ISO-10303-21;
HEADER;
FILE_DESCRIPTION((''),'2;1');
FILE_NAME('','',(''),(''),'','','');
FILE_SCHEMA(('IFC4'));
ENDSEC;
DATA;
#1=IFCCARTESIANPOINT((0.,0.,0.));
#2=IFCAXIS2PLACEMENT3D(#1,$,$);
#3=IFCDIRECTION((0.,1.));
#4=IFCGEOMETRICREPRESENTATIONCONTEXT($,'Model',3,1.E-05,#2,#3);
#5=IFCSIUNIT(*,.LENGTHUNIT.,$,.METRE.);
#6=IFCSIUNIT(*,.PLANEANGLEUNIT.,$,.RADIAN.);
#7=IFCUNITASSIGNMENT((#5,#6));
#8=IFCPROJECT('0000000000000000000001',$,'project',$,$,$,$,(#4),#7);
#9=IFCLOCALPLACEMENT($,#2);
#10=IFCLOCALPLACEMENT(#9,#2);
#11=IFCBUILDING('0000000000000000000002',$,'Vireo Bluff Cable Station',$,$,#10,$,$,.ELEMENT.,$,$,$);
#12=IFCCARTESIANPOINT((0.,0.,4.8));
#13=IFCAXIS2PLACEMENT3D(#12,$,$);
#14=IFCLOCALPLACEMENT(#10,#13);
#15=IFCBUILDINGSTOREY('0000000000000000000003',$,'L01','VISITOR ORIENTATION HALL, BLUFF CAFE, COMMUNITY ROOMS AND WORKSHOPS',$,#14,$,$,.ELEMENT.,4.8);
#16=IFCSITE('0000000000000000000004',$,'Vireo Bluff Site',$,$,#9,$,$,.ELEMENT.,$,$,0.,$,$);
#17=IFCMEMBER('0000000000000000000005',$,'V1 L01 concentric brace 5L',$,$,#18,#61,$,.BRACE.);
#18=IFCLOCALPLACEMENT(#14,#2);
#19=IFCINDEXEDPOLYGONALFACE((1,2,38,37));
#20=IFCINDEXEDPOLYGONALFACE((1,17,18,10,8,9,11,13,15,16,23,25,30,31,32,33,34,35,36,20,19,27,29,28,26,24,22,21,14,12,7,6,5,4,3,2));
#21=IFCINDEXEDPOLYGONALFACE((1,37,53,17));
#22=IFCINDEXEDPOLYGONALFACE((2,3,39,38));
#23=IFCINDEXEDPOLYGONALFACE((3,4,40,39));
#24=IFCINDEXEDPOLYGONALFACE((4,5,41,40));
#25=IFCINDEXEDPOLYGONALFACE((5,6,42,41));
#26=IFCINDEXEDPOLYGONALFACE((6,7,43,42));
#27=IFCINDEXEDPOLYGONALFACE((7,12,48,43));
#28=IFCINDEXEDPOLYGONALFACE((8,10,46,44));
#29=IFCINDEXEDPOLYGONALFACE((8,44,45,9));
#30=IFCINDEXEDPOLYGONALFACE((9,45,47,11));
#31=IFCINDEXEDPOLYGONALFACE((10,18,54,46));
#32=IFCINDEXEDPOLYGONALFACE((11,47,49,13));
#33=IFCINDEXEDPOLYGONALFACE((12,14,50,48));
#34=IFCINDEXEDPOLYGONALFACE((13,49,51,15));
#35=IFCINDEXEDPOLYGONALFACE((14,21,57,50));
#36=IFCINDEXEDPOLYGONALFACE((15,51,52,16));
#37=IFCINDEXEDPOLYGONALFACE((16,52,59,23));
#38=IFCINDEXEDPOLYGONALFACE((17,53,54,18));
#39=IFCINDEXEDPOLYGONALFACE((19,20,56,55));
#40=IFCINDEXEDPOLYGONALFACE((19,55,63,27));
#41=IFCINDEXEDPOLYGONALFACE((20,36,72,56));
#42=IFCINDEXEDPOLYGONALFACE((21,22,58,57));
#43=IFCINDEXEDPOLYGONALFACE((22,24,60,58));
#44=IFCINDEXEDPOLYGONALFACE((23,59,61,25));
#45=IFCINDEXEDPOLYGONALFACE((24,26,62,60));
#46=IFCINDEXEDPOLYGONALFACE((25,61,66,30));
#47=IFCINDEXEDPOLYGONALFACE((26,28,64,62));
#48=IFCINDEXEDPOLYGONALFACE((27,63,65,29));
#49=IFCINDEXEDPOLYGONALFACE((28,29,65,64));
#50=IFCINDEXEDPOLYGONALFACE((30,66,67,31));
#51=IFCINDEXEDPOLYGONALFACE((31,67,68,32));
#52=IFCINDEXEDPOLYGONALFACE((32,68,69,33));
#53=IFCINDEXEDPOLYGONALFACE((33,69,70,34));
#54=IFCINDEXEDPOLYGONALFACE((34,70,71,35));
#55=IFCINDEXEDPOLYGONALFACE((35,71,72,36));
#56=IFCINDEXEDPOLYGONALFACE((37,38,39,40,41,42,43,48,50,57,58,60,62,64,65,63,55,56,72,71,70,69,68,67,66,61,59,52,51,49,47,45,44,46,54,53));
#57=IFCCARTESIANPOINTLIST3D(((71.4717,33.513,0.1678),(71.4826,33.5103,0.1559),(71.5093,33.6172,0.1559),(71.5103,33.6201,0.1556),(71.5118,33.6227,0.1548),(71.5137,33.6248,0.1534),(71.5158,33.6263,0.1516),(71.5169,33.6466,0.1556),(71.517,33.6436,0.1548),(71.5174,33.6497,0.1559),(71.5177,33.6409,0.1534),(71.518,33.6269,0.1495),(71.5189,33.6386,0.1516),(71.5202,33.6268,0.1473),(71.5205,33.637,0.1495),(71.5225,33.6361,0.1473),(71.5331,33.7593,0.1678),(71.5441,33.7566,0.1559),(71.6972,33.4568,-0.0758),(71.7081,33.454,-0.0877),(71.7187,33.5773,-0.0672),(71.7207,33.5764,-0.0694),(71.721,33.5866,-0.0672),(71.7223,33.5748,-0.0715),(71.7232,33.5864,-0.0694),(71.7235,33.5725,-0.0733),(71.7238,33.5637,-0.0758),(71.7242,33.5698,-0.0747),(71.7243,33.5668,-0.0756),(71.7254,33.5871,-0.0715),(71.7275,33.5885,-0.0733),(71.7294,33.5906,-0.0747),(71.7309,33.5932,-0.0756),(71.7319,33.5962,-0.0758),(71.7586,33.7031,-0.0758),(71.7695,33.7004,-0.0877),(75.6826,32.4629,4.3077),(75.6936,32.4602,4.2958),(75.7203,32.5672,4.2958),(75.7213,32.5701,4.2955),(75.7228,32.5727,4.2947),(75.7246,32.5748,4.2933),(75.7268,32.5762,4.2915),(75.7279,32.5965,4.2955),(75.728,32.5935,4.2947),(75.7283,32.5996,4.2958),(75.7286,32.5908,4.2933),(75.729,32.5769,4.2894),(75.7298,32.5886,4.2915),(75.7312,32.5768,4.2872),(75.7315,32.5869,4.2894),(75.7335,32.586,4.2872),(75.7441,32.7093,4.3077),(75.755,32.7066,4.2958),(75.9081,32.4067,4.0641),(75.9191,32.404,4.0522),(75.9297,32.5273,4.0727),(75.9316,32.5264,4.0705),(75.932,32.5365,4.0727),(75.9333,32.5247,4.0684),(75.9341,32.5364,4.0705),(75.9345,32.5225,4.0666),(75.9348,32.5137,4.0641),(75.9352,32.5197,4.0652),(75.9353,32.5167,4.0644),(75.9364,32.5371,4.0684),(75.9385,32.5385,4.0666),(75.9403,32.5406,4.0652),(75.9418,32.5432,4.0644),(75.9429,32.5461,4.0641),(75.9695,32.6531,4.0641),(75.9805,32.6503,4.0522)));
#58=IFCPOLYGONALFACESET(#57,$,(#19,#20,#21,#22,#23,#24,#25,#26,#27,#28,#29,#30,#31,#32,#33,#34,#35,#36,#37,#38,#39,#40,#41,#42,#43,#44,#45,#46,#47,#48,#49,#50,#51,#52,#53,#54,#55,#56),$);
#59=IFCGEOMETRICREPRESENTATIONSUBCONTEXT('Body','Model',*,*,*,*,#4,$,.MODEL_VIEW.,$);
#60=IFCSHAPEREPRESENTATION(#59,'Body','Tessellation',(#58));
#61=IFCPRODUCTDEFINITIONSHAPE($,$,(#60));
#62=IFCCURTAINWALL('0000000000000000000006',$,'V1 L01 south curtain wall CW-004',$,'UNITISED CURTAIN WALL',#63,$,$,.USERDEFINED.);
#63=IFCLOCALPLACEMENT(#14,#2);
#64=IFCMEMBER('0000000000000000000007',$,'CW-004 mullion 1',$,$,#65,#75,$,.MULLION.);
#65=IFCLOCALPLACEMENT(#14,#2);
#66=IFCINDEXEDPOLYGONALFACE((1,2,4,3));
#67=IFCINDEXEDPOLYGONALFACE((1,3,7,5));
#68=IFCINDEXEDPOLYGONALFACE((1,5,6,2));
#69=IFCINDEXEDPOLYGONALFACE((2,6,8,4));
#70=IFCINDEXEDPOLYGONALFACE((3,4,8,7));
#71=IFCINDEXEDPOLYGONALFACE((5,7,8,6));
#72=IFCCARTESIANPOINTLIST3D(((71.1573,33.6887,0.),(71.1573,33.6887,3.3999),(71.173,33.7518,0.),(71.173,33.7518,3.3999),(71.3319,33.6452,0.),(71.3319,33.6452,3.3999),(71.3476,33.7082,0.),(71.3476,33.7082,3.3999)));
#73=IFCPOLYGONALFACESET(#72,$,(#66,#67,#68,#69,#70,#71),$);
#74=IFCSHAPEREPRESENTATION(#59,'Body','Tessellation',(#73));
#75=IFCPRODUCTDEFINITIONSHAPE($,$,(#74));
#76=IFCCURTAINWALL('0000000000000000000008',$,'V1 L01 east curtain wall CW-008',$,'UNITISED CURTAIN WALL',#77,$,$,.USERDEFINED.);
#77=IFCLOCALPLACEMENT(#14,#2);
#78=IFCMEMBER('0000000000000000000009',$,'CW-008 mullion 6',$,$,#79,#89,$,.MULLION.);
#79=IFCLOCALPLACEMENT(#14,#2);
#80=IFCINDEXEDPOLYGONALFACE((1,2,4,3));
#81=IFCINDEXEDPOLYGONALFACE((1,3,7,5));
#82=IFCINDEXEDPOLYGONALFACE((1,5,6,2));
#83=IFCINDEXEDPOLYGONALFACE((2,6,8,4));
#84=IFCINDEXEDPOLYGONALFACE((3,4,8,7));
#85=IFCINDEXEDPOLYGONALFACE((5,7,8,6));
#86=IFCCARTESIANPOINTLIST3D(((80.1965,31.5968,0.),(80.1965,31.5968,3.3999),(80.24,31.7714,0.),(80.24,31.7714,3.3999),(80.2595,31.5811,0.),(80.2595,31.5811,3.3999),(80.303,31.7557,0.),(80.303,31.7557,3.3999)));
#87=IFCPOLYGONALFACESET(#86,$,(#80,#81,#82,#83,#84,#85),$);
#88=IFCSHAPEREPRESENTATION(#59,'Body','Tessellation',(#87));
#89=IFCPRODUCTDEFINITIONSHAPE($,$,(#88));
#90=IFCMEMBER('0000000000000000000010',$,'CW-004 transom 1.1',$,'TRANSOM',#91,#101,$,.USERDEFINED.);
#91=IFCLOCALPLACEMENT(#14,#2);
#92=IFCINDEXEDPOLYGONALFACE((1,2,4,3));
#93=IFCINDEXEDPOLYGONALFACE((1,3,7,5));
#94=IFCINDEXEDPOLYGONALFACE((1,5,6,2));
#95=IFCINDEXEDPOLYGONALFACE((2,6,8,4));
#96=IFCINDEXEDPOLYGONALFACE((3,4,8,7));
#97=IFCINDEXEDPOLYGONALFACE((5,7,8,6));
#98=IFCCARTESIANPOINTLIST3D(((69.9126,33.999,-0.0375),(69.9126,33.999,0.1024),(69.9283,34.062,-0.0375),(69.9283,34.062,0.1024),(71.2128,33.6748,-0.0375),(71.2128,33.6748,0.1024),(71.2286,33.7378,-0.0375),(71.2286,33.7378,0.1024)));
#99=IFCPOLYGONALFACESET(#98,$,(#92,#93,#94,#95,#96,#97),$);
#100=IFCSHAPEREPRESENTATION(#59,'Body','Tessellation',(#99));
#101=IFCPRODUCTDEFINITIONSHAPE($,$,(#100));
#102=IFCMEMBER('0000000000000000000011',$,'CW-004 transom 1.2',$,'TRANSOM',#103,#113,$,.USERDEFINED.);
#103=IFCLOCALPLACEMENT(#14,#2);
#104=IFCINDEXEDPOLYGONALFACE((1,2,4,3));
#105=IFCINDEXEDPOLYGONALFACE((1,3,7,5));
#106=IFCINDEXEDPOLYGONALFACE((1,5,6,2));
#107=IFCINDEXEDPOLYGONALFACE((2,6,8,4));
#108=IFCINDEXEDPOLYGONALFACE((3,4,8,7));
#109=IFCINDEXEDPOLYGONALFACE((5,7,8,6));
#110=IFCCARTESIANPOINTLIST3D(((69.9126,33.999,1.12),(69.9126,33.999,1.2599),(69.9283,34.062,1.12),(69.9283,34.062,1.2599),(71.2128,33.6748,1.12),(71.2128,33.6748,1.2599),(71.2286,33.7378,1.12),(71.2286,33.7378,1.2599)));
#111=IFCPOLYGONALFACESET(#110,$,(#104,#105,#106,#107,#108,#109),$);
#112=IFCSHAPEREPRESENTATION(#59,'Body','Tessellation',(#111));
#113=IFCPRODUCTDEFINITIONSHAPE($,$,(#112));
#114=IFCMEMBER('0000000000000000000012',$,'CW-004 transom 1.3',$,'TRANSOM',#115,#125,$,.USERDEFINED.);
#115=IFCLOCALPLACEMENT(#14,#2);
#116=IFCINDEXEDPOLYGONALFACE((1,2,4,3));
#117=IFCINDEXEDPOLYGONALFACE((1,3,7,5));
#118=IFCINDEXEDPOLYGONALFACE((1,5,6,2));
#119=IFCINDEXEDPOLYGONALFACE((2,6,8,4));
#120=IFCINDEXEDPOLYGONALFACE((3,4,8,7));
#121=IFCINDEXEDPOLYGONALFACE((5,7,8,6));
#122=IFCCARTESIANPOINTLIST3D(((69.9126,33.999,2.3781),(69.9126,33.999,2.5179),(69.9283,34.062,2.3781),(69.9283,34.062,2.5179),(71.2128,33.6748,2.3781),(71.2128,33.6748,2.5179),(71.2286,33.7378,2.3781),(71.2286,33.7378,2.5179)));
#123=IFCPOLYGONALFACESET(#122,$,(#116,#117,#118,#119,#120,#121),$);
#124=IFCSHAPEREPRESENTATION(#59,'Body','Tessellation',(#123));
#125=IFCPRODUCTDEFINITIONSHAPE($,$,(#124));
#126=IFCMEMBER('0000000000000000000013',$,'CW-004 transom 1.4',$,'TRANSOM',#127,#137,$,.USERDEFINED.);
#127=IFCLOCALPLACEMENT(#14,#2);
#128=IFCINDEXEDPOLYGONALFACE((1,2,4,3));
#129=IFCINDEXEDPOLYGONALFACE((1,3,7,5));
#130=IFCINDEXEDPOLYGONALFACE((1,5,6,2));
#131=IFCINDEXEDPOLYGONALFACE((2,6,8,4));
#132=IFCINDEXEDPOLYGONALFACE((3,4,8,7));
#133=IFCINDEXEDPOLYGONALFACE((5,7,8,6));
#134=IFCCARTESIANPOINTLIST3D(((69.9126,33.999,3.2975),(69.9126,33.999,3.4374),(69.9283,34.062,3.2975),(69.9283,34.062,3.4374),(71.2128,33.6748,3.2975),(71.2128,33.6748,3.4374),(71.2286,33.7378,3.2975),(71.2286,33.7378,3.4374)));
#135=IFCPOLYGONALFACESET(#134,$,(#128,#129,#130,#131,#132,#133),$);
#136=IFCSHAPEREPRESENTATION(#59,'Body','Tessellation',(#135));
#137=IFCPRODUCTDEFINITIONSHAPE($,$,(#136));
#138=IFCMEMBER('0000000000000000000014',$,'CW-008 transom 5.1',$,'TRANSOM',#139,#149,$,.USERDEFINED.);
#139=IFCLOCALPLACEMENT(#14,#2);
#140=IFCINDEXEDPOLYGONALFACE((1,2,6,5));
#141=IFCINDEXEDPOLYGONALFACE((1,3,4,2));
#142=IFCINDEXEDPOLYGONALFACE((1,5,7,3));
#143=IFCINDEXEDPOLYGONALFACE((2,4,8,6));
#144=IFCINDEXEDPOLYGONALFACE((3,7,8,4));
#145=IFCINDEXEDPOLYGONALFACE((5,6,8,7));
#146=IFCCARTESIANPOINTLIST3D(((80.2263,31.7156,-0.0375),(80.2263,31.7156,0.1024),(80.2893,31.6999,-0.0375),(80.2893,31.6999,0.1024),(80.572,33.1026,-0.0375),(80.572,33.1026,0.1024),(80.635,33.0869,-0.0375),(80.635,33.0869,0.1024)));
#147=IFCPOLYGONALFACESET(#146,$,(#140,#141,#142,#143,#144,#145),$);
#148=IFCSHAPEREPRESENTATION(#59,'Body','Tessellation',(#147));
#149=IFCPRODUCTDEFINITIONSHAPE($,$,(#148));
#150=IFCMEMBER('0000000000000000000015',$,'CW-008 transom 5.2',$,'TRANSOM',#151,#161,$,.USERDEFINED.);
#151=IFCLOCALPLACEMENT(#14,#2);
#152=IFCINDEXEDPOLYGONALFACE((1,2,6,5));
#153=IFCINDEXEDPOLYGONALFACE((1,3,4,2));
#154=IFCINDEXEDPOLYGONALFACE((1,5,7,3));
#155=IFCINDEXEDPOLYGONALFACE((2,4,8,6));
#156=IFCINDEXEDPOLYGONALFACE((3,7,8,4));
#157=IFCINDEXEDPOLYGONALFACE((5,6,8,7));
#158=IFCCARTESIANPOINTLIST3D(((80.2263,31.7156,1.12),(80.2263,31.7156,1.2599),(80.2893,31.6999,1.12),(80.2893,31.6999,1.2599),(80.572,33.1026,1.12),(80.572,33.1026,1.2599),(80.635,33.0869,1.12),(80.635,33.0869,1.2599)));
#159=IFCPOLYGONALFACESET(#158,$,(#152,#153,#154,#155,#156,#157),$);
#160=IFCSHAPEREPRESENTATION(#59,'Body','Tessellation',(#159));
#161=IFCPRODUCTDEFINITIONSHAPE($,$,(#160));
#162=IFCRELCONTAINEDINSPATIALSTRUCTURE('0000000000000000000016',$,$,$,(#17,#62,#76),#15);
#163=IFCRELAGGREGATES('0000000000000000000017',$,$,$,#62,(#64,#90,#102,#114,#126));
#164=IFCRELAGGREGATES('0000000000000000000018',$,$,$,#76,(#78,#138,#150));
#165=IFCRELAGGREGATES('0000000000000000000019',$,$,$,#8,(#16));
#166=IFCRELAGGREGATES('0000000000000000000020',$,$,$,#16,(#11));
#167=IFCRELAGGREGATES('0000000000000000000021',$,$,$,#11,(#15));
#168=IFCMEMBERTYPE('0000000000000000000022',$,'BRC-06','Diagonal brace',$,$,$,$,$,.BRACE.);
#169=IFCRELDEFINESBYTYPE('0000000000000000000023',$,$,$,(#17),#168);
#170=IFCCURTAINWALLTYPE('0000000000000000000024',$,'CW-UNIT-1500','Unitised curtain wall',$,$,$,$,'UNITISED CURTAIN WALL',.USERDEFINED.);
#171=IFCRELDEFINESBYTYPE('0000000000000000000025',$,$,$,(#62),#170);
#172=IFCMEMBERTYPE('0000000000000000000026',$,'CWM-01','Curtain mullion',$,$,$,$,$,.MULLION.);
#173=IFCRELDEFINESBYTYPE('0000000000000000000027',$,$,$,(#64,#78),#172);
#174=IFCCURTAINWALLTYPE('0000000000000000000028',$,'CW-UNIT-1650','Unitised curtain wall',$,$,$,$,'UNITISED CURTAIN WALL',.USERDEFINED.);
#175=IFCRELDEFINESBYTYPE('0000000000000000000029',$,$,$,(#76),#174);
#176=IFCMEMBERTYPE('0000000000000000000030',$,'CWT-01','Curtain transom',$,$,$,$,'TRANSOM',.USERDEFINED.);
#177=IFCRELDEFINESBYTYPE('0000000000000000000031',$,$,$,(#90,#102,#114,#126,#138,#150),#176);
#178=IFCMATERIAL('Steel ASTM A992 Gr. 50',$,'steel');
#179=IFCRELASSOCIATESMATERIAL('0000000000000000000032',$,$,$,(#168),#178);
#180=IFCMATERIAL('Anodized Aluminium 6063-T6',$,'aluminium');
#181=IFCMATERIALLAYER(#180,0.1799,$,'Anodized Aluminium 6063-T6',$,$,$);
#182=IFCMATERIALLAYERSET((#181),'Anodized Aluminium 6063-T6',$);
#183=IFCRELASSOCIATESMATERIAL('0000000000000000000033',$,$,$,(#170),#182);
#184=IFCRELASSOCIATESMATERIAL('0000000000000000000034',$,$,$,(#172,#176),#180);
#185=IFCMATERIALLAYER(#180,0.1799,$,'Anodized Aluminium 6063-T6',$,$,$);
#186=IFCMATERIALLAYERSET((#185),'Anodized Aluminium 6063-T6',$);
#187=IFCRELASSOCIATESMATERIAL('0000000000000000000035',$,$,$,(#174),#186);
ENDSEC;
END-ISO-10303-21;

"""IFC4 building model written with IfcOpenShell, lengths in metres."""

from ifc_helpers import new_model, si_unit, direction, frame, origin, origin_2d, place, context, subcontext, project, spatial, rectangle, i_section, extrude, material, layer, layer_set, material_profile, profile_set, type_object, element, aggregate, save


model = new_model("IFC4")

# Units and contexts
model_context = context("Model", 3, precision=1e-05, world=origin(), true_north=direction((0.0, 1.0)))
body_context = subcontext(model_context, "Body", "Model", "MODEL_VIEW")
ifc_project = project(units=[si_unit("LENGTHUNIT", "METRE"), si_unit("PLANEANGLEUNIT", "RADIAN")], contexts=[model_context])

# Site, building, storey
site_placement = place(None, origin())
site = spatial("IfcSite", under=ifc_project, at=site_placement, Name="Vireo Bluff Site", CompositionType="ELEMENT", RefElevation=0.0)
building_placement = place(site_placement, origin())
building = spatial("IfcBuilding", under=site, at=building_placement, Name="Vireo Bluff Cable Station", CompositionType="ELEMENT")
storey_placement = place(building_placement, frame((0.0, 0.0, 4.8)))
storey = spatial("IfcBuildingStorey", under=building, at=storey_placement, Name="L01", Description="VISITOR ORIENTATION HALL, BLUFF CAFE, COMMUNITY ROOMS AND WORKSHOPS", CompositionType="ELEMENT", Elevation=4.8)

# Shared definitions
ifc_material_1 = material(Name="Steel ASTM A992 Gr. 50", Category="steel")

# Member
ifc_material_profile_1 = material_profile(ifc_material_1, i_section(OverallWidth=0.2539, OverallDepth=0.353, WebThickness=0.0095, FlangeThickness=0.0164, FilletRadius=0.012, at=origin_2d()), Name="W14X61")
ifc_profile_set_1 = profile_set([ifc_material_profile_1], Name="Steel ASTM A992 Gr. 50")
member_type_1 = type_object("IfcMemberType", Name="BRC-06", Description="Diagonal brace", PredefinedType="BRACE", material=ifc_profile_set_1)
member_1_placement = place(storey_placement, frame((71.6206, 33.6067, 0.04), z_axis=(0.702083, -0.175073, 0.690238), x_axis=(0.241953, 0.970288, 0.0)))
element("IfcMember", 1, at=member_1_placement, inside=storey, type_object=member_type_1, Name="V1 L01 concentric brace 5L", PredefinedType="BRACE", context=body_context, shape_type="SweptSolid", body=[
    extrude(i_section(OverallWidth=0.2539, OverallDepth=0.353, WebThickness=0.0095, FlangeThickness=0.0164, FilletRadius=0.012, at=origin_2d()), origin(), (0.0, 0.0, 1.0), 5.9978),
])

# Curtain walls, members
ifc_material_2 = material(Name="Anodized Aluminium 6063-T6", Category="aluminium")
ifc_layer_1 = layer(ifc_material_2, 0.1799, Name="Anodized Aluminium 6063-T6")
ifc_layer_set_1 = layer_set([ifc_layer_1], Name="Anodized Aluminium 6063-T6")
curtain_wall_type_1 = type_object("IfcCurtainWallType", Name="CW-UNIT-1500", Description="Unitised curtain wall", ElementType="UNITISED CURTAIN WALL", PredefinedType="USERDEFINED", material=ifc_layer_set_1)
curtain_wall_1_placement = place(storey_placement, origin())
curtain_wall_1 = element("IfcCurtainWall", 2, at=curtain_wall_1_placement, inside=storey, type_object=curtain_wall_type_1, Name="V1 L01 south curtain wall CW-004", ObjectType="UNITISED CURTAIN WALL", PredefinedType="USERDEFINED")
ifc_material_profile_2 = material_profile(ifc_material_2, rectangle(XDim=0.0649, YDim=0.1799, at=origin_2d()), Name="ALU-M-65X180")
ifc_profile_set_2 = profile_set([ifc_material_profile_2], Name="Anodized Aluminium 6063-T6")
member_type_2 = type_object("IfcMemberType", Name="CWM-01", Description="Curtain mullion", PredefinedType="MULLION", material=ifc_profile_set_2)
member_2_placement = place(storey_placement, frame((71.2524, 33.6985, 0.0), z_axis=(0.0, 0.0, 1.0), x_axis=(-0.241922, -0.970296, 0.0)))
member_2 = element("IfcMember", 3, at=member_2_placement, type_object=member_type_2, Name="CW-004 mullion 1", PredefinedType="MULLION", context=body_context, shape_type="SweptSolid", body=[
    extrude(rectangle(XDim=0.0649, YDim=0.1799, at=origin_2d()), origin(), (0.0, 0.0, 1.0), 3.3999),
])
ifc_layer_2 = layer(ifc_material_2, 0.1799, Name="Anodized Aluminium 6063-T6")
ifc_layer_set_2 = layer_set([ifc_layer_2], Name="Anodized Aluminium 6063-T6")
curtain_wall_type_2 = type_object("IfcCurtainWallType", Name="CW-UNIT-1650", Description="Unitised curtain wall", ElementType="UNITISED CURTAIN WALL", PredefinedType="USERDEFINED", material=ifc_layer_set_2)
curtain_wall_2_placement = place(storey_placement, origin())
curtain_wall_2 = element("IfcCurtainWall", 4, at=curtain_wall_2_placement, inside=storey, type_object=curtain_wall_type_2, Name="V1 L01 east curtain wall CW-008", ObjectType="UNITISED CURTAIN WALL", PredefinedType="USERDEFINED")
member_3_placement = place(storey_placement, frame((80.2498, 31.6763, 0.0), z_axis=(0.0, 0.0, 1.0), x_axis=(0.970296, -0.241922, 0.0)))
member_3 = element("IfcMember", 5, at=member_3_placement, type_object=member_type_2, Name="CW-008 mullion 6", PredefinedType="MULLION", context=body_context, shape_type="SweptSolid", body=[
    extrude(rectangle(XDim=0.0649, YDim=0.1799, at=origin_2d()), origin(), (0.0, 0.0, 1.0), 3.3999),
])

# Members
ifc_material_profile_3 = material_profile(ifc_material_2, rectangle(XDim=0.0649, YDim=0.1399, at=origin_2d()), Name="ALU-T-65X140")
ifc_profile_set_3 = profile_set([ifc_material_profile_3], Name="Anodized Aluminium 6063-T6")
member_type_3 = type_object("IfcMemberType", Name="CWT-01", Description="Curtain transom", ElementType="TRANSOM", PredefinedType="USERDEFINED", material=ifc_profile_set_3)
member_4_placement = place(storey_placement, frame((71.2207, 33.7063, 0.0325), z_axis=(-0.970292, 0.241935, 0.0), x_axis=(-0.241935, -0.970292, 0.0)))
member_4 = element("IfcMember", 6, at=member_4_placement, type_object=member_type_3, Name="CW-004 transom 1.1", ObjectType="TRANSOM", PredefinedType="USERDEFINED", context=body_context, shape_type="SweptSolid", body=[
    extrude(rectangle(XDim=0.0649, YDim=0.1399, at=origin_2d()), origin(), (0.0, 0.0, 1.0), 1.3401),
])
member_5_placement = place(storey_placement, frame((71.2207, 33.7063, 1.1899), z_axis=(-0.970292, 0.241935, 0.0), x_axis=(-0.241935, -0.970292, 0.0)))
member_5 = element("IfcMember", 7, at=member_5_placement, type_object=member_type_3, Name="CW-004 transom 1.2", ObjectType="TRANSOM", PredefinedType="USERDEFINED", context=body_context, shape_type="SweptSolid", body=[
    extrude(rectangle(XDim=0.0649, YDim=0.1399, at=origin_2d()), origin(), (0.0, 0.0, 1.0), 1.3401),
])
member_6_placement = place(storey_placement, frame((71.2207, 33.7063, 2.448), z_axis=(-0.970292, 0.241935, 0.0), x_axis=(-0.241935, -0.970292, 0.0)))
member_6 = element("IfcMember", 8, at=member_6_placement, type_object=member_type_3, Name="CW-004 transom 1.3", ObjectType="TRANSOM", PredefinedType="USERDEFINED", context=body_context, shape_type="SweptSolid", body=[
    extrude(rectangle(XDim=0.0649, YDim=0.1399, at=origin_2d()), origin(), (0.0, 0.0, 1.0), 1.3401),
])
member_7_placement = place(storey_placement, frame((71.2207, 33.7063, 3.3674), z_axis=(-0.970292, 0.241935, 0.0), x_axis=(-0.241935, -0.970292, 0.0)))
member_7 = element("IfcMember", 9, at=member_7_placement, type_object=member_type_3, Name="CW-004 transom 1.4", ObjectType="TRANSOM", PredefinedType="USERDEFINED", context=body_context, shape_type="SweptSolid", body=[
    extrude(rectangle(XDim=0.0649, YDim=0.1399, at=origin_2d()), origin(), (0.0, 0.0, 1.0), 1.3401),
])
aggregate(curtain_wall_1, [member_2, member_4, member_5, member_6, member_7])
member_8_placement = place(storey_placement, frame((80.6035, 33.0947, 0.0325), z_axis=(-0.241852, -0.970313, 0.0), x_axis=(0.970313, -0.241852, 0.0)))
member_8 = element("IfcMember", 10, at=member_8_placement, type_object=member_type_3, Name="CW-008 transom 5.1", ObjectType="TRANSOM", PredefinedType="USERDEFINED", context=body_context, shape_type="SweptSolid", body=[
    extrude(rectangle(XDim=0.0649, YDim=0.1399, at=origin_2d()), origin(), (0.0, 0.0, 1.0), 1.4294),
])
member_9_placement = place(storey_placement, frame((80.6035, 33.0947, 1.1899), z_axis=(-0.241852, -0.970313, 0.0), x_axis=(0.970313, -0.241852, 0.0)))
member_9 = element("IfcMember", 11, at=member_9_placement, type_object=member_type_3, Name="CW-008 transom 5.2", ObjectType="TRANSOM", PredefinedType="USERDEFINED", context=body_context, shape_type="SweptSolid", body=[
    extrude(rectangle(XDim=0.0649, YDim=0.1399, at=origin_2d()), origin(), (0.0, 0.0, 1.0), 1.4294),
])

aggregate(curtain_wall_2, [member_3, member_8, member_9])

save(model, "model.ifc")
